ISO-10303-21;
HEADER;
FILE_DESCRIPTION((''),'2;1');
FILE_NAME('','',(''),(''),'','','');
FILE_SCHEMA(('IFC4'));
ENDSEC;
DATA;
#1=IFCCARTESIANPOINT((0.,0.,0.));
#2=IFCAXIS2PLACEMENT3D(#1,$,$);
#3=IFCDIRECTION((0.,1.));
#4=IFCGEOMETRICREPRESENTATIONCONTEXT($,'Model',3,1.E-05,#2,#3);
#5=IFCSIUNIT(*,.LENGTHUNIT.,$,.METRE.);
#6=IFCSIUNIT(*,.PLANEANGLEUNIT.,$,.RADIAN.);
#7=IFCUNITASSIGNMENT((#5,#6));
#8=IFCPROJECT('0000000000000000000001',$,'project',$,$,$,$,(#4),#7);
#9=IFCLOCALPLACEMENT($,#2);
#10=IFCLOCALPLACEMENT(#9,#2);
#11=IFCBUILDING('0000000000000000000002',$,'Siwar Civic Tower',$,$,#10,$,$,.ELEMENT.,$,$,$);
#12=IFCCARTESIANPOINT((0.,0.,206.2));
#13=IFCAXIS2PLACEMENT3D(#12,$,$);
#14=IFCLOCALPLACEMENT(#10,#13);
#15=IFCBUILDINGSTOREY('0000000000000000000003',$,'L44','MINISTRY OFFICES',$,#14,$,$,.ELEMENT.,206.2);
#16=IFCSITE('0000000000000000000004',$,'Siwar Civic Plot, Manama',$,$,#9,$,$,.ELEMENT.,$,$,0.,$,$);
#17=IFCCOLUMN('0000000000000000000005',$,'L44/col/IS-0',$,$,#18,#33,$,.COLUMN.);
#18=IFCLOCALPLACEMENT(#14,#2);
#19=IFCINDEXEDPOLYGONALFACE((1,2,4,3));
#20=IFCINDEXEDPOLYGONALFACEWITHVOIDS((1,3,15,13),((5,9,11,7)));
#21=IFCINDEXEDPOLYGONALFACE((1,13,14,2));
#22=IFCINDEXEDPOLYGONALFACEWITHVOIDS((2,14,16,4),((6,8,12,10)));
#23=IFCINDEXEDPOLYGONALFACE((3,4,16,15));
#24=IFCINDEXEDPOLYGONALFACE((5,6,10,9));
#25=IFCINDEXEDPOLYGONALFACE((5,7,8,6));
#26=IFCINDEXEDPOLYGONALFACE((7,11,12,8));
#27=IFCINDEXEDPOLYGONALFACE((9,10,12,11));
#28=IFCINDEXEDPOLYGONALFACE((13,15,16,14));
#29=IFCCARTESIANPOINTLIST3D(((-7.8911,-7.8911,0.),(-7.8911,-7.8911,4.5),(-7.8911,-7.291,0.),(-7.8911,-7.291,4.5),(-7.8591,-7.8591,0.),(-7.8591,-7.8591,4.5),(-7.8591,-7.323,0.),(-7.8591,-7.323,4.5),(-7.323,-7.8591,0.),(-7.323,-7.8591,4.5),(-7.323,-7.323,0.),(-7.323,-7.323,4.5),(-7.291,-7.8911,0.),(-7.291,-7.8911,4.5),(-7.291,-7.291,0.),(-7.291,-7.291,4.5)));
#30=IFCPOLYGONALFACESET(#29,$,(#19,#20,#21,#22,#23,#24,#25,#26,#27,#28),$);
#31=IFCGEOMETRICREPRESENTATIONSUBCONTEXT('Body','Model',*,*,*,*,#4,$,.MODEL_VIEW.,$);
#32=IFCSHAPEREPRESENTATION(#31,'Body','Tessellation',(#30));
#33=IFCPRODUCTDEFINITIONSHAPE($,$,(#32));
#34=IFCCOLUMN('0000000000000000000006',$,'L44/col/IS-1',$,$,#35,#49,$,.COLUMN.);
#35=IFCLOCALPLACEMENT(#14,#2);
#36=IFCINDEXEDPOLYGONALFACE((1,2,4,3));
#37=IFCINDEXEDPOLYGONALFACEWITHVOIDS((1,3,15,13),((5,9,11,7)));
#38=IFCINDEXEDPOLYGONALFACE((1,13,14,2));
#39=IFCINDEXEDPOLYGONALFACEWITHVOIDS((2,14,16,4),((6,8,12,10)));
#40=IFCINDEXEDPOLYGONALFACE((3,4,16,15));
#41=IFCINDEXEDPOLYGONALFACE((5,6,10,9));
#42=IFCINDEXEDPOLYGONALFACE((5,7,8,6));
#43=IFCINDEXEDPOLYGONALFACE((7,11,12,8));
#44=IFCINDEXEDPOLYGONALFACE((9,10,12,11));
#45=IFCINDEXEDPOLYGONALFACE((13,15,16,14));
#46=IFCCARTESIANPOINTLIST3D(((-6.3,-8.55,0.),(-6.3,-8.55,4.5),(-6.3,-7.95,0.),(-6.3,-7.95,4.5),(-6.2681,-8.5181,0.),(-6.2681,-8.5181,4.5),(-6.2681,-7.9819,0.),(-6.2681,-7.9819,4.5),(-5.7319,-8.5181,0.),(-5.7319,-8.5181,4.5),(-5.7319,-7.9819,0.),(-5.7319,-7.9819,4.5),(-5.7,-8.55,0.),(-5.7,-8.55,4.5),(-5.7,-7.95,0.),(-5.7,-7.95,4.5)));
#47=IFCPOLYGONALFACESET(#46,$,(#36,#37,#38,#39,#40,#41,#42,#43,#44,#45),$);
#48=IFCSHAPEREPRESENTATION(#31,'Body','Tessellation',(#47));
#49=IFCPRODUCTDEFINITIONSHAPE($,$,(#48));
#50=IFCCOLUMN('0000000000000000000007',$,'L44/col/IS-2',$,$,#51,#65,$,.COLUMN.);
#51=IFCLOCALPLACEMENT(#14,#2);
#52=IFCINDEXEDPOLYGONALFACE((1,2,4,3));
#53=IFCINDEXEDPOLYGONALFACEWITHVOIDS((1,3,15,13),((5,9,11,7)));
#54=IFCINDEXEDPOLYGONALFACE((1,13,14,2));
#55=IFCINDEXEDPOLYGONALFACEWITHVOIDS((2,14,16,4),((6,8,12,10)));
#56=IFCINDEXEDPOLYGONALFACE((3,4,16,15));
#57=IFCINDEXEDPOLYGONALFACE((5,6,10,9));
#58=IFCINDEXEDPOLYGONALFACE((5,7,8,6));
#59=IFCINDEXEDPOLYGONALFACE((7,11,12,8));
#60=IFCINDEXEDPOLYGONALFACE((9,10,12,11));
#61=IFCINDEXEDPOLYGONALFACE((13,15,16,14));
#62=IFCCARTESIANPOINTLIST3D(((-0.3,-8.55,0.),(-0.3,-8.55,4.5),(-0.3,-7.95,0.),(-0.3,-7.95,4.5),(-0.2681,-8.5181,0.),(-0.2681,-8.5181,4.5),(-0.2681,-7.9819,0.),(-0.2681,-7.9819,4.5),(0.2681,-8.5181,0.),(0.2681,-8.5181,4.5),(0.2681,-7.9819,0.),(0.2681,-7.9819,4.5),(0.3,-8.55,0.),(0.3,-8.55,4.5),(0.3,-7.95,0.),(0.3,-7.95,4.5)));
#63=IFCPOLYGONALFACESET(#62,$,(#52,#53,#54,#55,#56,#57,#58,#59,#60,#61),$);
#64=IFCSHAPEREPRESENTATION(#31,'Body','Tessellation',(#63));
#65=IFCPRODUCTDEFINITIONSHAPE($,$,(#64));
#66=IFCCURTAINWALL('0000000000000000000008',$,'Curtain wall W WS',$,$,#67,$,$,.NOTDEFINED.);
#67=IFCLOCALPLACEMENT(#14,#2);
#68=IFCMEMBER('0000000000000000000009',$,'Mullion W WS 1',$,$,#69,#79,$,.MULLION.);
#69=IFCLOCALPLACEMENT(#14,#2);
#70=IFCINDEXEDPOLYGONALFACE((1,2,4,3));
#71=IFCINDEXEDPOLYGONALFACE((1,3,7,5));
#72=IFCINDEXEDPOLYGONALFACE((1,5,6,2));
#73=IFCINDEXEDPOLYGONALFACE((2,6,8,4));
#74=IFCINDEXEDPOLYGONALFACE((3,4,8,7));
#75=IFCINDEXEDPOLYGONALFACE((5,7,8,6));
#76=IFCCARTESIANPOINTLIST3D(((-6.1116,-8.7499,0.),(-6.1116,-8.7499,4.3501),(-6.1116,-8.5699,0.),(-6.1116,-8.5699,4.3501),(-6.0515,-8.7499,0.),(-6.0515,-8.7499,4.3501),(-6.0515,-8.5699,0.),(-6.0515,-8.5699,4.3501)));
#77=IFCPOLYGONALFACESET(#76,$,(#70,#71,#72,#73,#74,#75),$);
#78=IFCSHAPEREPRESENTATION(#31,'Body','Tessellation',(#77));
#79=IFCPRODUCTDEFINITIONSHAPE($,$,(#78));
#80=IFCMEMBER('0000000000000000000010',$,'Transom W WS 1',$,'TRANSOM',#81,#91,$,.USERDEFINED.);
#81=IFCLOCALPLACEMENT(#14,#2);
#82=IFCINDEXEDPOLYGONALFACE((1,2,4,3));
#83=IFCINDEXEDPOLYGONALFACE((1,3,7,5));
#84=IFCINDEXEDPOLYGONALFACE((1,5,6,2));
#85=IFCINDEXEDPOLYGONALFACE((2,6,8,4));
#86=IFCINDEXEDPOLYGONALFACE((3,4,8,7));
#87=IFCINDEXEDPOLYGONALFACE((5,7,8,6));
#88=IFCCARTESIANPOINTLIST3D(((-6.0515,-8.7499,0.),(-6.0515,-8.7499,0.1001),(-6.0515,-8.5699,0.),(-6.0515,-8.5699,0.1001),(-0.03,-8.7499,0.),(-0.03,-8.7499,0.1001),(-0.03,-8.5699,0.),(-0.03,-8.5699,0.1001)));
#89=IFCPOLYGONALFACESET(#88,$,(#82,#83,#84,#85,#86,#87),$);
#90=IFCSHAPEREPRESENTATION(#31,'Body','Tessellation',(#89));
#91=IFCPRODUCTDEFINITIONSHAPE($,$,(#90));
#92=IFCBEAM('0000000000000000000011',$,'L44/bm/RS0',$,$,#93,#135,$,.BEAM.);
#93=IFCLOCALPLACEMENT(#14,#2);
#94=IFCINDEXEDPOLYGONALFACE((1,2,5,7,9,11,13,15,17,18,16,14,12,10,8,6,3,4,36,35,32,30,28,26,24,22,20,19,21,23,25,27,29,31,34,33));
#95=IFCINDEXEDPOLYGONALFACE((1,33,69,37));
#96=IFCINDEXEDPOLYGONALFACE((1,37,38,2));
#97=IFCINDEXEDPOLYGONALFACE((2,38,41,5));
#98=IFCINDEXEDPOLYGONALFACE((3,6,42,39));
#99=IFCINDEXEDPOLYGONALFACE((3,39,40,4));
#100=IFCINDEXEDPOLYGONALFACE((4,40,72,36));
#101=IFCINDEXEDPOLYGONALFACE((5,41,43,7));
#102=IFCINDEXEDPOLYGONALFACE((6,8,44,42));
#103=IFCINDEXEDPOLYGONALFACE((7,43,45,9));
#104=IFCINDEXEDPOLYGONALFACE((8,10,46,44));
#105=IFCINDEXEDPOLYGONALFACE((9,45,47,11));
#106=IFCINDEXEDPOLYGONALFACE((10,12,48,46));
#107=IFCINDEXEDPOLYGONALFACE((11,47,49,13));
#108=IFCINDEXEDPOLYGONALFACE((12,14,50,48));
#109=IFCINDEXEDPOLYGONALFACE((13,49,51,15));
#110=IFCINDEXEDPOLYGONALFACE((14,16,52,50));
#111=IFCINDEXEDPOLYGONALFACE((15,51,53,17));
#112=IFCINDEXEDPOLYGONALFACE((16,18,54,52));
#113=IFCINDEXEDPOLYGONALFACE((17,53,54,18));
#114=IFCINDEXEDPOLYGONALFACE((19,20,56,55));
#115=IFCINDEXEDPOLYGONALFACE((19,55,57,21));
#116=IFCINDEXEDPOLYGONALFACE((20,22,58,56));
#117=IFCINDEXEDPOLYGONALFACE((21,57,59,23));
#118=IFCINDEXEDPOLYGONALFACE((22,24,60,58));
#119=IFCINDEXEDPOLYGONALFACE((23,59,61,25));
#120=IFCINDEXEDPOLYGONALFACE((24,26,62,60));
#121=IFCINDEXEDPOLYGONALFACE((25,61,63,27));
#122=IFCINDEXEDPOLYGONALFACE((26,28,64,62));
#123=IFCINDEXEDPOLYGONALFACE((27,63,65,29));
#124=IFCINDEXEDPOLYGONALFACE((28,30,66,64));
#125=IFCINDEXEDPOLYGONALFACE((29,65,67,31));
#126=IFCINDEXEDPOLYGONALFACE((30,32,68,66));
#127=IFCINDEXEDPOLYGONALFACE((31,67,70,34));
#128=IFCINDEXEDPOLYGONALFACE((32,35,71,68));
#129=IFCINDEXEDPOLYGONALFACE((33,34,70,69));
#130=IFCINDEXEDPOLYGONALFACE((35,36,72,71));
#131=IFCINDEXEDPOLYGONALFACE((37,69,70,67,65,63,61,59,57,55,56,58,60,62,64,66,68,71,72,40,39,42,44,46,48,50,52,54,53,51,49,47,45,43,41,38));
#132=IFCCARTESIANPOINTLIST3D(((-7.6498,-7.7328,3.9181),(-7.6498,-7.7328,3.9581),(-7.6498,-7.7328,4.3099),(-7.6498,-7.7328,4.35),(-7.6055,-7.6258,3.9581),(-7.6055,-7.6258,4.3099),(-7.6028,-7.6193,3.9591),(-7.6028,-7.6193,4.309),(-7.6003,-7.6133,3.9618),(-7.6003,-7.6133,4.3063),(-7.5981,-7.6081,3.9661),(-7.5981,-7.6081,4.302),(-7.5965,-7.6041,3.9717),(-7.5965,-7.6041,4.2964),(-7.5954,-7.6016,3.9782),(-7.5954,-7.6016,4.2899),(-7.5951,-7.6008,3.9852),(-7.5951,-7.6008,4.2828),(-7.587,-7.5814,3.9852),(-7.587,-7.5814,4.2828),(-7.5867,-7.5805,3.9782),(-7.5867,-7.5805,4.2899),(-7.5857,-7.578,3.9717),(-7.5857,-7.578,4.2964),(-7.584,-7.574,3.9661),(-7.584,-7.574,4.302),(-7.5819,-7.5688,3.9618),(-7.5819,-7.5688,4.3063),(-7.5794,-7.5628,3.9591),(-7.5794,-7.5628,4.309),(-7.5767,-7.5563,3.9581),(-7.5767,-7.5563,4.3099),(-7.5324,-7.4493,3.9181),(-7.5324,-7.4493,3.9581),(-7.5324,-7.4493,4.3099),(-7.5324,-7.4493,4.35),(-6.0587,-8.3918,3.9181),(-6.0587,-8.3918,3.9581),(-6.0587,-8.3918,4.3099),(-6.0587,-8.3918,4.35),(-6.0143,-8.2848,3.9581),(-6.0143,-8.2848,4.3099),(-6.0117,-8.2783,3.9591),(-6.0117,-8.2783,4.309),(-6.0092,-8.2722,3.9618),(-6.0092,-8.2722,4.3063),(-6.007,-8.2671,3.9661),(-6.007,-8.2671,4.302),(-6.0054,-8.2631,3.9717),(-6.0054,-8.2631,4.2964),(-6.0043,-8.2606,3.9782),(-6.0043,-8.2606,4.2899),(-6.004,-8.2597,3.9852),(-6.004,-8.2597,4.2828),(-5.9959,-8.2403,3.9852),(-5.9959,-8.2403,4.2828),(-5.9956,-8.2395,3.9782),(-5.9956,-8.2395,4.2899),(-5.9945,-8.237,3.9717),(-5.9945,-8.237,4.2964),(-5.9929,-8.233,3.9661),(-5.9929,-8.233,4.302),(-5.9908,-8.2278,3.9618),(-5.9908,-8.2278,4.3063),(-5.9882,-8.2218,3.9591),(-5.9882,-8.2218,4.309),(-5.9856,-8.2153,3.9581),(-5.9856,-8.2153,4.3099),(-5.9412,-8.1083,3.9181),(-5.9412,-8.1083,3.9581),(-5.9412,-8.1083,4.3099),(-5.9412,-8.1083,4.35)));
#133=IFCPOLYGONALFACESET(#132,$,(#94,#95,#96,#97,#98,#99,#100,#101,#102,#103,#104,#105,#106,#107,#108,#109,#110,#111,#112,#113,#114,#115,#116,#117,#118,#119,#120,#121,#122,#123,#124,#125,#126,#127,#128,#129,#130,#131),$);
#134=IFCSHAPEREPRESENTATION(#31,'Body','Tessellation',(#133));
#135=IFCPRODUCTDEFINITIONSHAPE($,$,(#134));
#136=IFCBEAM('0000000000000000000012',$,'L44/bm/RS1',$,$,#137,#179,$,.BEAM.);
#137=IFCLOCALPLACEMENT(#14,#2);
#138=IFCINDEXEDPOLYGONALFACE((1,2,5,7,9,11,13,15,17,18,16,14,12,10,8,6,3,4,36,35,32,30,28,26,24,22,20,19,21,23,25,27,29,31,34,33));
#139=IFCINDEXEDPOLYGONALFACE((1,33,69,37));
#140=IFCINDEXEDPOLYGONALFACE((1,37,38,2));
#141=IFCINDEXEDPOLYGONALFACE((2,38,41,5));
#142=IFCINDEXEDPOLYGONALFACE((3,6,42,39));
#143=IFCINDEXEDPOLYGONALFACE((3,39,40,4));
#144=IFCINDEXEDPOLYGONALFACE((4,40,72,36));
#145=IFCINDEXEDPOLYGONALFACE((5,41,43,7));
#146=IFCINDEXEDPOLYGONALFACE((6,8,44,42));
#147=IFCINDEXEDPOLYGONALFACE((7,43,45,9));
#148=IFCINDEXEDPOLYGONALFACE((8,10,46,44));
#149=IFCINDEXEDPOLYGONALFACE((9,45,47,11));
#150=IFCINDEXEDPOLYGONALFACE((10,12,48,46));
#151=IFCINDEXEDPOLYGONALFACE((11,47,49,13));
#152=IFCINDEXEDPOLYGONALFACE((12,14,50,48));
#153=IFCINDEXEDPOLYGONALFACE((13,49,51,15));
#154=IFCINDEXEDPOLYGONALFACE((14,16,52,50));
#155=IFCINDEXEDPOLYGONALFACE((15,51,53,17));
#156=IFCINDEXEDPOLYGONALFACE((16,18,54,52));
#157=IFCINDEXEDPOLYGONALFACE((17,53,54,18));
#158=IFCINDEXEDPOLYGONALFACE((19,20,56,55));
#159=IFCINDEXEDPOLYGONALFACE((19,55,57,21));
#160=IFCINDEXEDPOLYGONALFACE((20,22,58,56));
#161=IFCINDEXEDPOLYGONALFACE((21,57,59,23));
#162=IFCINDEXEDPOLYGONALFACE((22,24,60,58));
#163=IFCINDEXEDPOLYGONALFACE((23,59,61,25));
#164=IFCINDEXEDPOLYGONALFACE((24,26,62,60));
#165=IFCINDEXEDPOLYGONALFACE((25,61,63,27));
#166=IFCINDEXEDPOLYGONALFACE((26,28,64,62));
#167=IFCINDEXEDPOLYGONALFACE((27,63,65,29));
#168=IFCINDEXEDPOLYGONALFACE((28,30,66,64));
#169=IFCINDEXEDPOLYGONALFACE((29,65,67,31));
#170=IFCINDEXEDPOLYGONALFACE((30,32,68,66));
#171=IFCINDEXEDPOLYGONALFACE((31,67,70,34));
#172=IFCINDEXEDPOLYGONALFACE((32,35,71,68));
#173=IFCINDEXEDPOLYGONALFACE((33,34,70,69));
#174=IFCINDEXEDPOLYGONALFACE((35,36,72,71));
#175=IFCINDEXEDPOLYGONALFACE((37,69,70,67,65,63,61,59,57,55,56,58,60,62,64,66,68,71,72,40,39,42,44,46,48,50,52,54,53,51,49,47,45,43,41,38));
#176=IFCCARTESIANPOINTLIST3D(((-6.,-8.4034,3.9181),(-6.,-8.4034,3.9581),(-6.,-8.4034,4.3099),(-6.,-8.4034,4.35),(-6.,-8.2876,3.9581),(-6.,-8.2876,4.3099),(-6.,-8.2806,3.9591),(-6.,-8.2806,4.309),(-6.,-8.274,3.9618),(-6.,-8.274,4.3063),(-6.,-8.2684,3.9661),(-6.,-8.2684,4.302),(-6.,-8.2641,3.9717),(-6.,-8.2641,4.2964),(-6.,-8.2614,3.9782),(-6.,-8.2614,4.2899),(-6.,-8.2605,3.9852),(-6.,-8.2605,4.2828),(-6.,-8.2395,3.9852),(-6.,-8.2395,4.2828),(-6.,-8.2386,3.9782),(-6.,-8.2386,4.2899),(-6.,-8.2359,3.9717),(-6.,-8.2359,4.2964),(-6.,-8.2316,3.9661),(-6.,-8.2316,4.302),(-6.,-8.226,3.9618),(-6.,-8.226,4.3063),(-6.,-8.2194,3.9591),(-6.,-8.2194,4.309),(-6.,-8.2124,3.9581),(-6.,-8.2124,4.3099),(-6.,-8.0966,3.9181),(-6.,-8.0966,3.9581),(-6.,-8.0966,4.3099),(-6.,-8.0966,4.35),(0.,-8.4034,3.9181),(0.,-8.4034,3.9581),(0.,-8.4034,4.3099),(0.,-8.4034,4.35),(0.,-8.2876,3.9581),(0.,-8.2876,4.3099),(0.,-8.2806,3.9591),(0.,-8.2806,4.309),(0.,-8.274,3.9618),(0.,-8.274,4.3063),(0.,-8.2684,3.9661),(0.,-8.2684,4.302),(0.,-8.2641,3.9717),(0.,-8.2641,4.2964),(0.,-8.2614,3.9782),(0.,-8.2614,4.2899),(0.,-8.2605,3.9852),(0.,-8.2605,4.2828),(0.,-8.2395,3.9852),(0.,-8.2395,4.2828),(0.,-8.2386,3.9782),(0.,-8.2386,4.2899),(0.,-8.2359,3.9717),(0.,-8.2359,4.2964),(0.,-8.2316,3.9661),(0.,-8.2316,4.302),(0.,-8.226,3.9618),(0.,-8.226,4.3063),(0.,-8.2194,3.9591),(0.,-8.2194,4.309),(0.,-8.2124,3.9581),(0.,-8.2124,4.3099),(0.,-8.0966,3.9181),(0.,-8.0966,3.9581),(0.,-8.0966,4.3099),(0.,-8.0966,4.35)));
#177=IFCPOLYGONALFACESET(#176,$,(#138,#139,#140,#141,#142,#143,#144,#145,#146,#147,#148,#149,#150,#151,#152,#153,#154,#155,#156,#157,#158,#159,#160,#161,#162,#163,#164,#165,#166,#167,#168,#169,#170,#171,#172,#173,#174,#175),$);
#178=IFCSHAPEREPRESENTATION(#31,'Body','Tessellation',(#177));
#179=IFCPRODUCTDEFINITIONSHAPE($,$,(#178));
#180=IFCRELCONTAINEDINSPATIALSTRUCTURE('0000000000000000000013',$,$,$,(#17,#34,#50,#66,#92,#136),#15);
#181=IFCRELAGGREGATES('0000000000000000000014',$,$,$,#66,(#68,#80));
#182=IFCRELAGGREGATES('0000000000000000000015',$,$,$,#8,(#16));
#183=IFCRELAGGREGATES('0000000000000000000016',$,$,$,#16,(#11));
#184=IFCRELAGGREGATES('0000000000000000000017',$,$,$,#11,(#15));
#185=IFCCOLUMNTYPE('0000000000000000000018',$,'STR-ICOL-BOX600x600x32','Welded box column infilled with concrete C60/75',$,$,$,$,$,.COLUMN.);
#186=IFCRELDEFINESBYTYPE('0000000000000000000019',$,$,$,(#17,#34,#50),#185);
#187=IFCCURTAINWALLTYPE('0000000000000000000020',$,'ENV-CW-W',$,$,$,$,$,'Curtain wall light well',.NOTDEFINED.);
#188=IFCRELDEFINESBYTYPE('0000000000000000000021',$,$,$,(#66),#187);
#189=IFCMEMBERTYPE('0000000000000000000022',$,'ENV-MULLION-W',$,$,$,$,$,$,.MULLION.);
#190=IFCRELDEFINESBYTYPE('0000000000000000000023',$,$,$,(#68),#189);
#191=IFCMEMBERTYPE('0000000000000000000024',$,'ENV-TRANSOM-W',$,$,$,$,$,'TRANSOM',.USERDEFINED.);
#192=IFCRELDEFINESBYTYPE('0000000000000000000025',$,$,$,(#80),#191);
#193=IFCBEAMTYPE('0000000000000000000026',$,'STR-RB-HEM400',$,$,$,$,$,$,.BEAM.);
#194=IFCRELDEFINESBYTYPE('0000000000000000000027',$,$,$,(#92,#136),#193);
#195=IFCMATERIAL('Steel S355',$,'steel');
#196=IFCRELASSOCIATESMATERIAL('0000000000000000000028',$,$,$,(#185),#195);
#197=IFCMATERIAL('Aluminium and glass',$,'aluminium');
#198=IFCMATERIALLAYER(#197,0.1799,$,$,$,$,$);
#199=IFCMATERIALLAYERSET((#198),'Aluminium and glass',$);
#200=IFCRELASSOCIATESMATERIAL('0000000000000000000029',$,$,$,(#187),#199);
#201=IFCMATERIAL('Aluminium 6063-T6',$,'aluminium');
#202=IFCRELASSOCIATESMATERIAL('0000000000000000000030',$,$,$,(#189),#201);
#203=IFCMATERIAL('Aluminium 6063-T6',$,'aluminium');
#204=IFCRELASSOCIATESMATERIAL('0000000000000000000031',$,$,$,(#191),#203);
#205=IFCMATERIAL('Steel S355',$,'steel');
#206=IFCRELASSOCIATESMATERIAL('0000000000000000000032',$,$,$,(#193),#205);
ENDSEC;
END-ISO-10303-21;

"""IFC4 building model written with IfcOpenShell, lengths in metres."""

from ifc_helpers import new_model, si_unit, direction, frame, origin, origin_2d, place, context, subcontext, project, spatial, rectangle, hollow_rectangle, i_section, extrude, material, layer, layer_set, material_profile, profile_set, type_object, element, aggregate, save


model = new_model("IFC4")

# Units and contexts
model_context = context("Model", 3, precision=1e-05, world=origin(), true_north=direction((0.0, 1.0)))
body_context = subcontext(model_context, "Body", "Model", "MODEL_VIEW")
ifc_project = project(units=[si_unit("LENGTHUNIT", "METRE"), si_unit("PLANEANGLEUNIT", "RADIAN")], contexts=[model_context])

# Site, building, storey
site_placement = place(None, origin())
site = spatial("IfcSite", under=ifc_project, at=site_placement, Name="Siwar Civic Plot, Manama", CompositionType="ELEMENT", RefElevation=0.0)
building_placement = place(site_placement, origin())
building = spatial("IfcBuilding", under=site, at=building_placement, Name="Siwar Civic Tower", CompositionType="ELEMENT")
storey_placement = place(building_placement, frame((0.0, 0.0, 206.2)))
storey = spatial("IfcBuildingStorey", under=building, at=storey_placement, Name="L44", Description="MINISTRY OFFICES", CompositionType="ELEMENT", Elevation=206.2)

# Columns
ifc_material_1 = material(Name="Steel S355", Category="steel")
ifc_material_profile_1 = material_profile(ifc_material_1, hollow_rectangle(XDim=0.6001, YDim=0.6001, WallThickness=0.032, at=origin_2d()), Name="BOX600x600x32")
ifc_profile_set_1 = profile_set([ifc_material_profile_1], Name="Steel S355")
column_type = type_object("IfcColumnType", Name="STR-ICOL-BOX600x600x32", Description="Welded box column infilled with concrete C60/75", PredefinedType="COLUMN", material=ifc_profile_set_1)
for number, where, z_axis, x_axis, name in (
    (1, (-7.5911, -7.5911, 0.0), (0.0, 0.0, 1.0), (1.0, 0.0, 0.0), "L44/col/IS-0"),
    (2, (-6.0, -8.25, 0.0), (0.0, 0.0, 1.0), (1.0, 0.0, 0.0), "L44/col/IS-1"),
    (3, (0.0, -8.25, 0.0), (0.0, 0.0, 1.0), (1.0, 0.0, 0.0), "L44/col/IS-2"),
):
    element("IfcColumn", number, at=place(storey_placement, frame(where, z_axis=z_axis, x_axis=x_axis)), inside=storey, type_object=column_type, Name=name, PredefinedType="COLUMN", context=body_context, shape_type="SweptSolid", body=[
        extrude(hollow_rectangle(XDim=0.6001, YDim=0.6001, WallThickness=0.032, at=origin_2d()), origin(), (0.0, 0.0, 1.0), 4.5),
    ])

# Curtain wall, members
ifc_material_2 = material(Name="Aluminium and glass", Category="aluminium")
ifc_layer_1 = layer(ifc_material_2, 0.1799)
ifc_layer_set_1 = layer_set([ifc_layer_1], Name="Aluminium and glass")
curtain_wall_type = type_object("IfcCurtainWallType", Name="ENV-CW-W", ElementType="Curtain wall light well", PredefinedType="NOTDEFINED", material=ifc_layer_set_1)
curtain_wall_placement = place(storey_placement, origin())
curtain_wall = element("IfcCurtainWall", 4, at=curtain_wall_placement, inside=storey, type_object=curtain_wall_type, Name="Curtain wall W WS", PredefinedType="NOTDEFINED")
ifc_material_3 = material(Name="Aluminium 6063-T6", Category="aluminium")
ifc_material_profile_2 = material_profile(ifc_material_3, rectangle(XDim=0.1799, YDim=0.0601, at=origin_2d()), Name="AL 180x60")
ifc_profile_set_2 = profile_set([ifc_material_profile_2], Name="Aluminium 6063-T6")
member_type_1 = type_object("IfcMemberType", Name="ENV-MULLION-W", PredefinedType="MULLION", material=ifc_profile_set_2)
member_1_placement = place(storey_placement, frame((-6.0815, -8.6599, 0.0), z_axis=(0.0, 0.0, 1.0), x_axis=(0.0, 1.0, 0.0)))
member_1 = element("IfcMember", 5, at=member_1_placement, type_object=member_type_1, Name="Mullion W WS 1", PredefinedType="MULLION", context=body_context, shape_type="SweptSolid", body=[
    extrude(rectangle(XDim=0.1799, YDim=0.0601, at=origin_2d()), origin(), (0.0, 0.0, 1.0), 4.3501),
])
ifc_material_4 = material(Name="Aluminium 6063-T6", Category="aluminium")
ifc_material_profile_3 = material_profile(ifc_material_4, rectangle(XDim=0.1799, YDim=0.1001, at=origin_2d()), Name="AL 180x100")
ifc_profile_set_3 = profile_set([ifc_material_profile_3], Name="Aluminium 6063-T6")
member_type_2 = type_object("IfcMemberType", Name="ENV-TRANSOM-W", ElementType="TRANSOM", PredefinedType="USERDEFINED", material=ifc_profile_set_3)
member_2_placement = place(storey_placement, frame((-6.0515, -8.6599, 0.05), z_axis=(1.0, 0.0, 0.0), x_axis=(0.0, 1.0, 0.0)))
member_2 = element("IfcMember", 6, at=member_2_placement, type_object=member_type_2, Name="Transom W WS 1", ObjectType="TRANSOM", PredefinedType="USERDEFINED", context=body_context, shape_type="SweptSolid", body=[
    extrude(rectangle(XDim=0.1799, YDim=0.1001, at=origin_2d()), origin(), (0.0, 0.0, 1.0), 6.0215),
])

# Beams
ifc_material_5 = material(Name="Steel S355", Category="steel")
ifc_material_profile_4 = material_profile(ifc_material_5, i_section(OverallWidth=0.3069, OverallDepth=0.4319, WebThickness=0.021, FlangeThickness=0.04, FilletRadius=0.0271, at=origin_2d()), Name="HEM400")
ifc_profile_set_4 = profile_set([ifc_material_profile_4], Name="Steel S355")
beam_type = type_object("IfcBeamType", Name="STR-RB-HEM400", PredefinedType="BEAM", material=ifc_profile_set_4)
beam_1_placement = place(storey_placement, frame((-7.5911, -7.5911, 4.134), z_axis=(0.923901, -0.382631, 0.0), x_axis=(0.382631, 0.923901, 0.0)))
element("IfcBeam", 7, at=beam_1_placement, inside=storey, type_object=beam_type, Name="L44/bm/RS0", PredefinedType="BEAM", context=body_context, shape_type="SweptSolid", body=[
    extrude(i_section(OverallWidth=0.3069, OverallDepth=0.4319, WebThickness=0.021, FlangeThickness=0.04, FilletRadius=0.0271, at=origin_2d()), origin(), (0.0, 0.0, 1.0), 1.7222),
])
for number, where, z_axis, x_axis, name in (
    (8, (-6.0, -8.25, 4.134), (1.0, 0.0, 0.0), (0.0, 1.0, 0.0), "L44/bm/RS1"),
):
    element("IfcBeam", number, at=place(storey_placement, frame(where, z_axis=z_axis, x_axis=x_axis)), inside=storey, type_object=beam_type, Name=name, PredefinedType="BEAM", context=body_context, shape_type="SweptSolid", body=[
        extrude(i_section(OverallWidth=0.3069, OverallDepth=0.4319, WebThickness=0.021, FlangeThickness=0.04, FilletRadius=0.0271, at=origin_2d()), origin(), (0.0, 0.0, 1.0), 6.0),
    ])

aggregate(curtain_wall, [member_1, member_2])

save(model, "model.ifc")
